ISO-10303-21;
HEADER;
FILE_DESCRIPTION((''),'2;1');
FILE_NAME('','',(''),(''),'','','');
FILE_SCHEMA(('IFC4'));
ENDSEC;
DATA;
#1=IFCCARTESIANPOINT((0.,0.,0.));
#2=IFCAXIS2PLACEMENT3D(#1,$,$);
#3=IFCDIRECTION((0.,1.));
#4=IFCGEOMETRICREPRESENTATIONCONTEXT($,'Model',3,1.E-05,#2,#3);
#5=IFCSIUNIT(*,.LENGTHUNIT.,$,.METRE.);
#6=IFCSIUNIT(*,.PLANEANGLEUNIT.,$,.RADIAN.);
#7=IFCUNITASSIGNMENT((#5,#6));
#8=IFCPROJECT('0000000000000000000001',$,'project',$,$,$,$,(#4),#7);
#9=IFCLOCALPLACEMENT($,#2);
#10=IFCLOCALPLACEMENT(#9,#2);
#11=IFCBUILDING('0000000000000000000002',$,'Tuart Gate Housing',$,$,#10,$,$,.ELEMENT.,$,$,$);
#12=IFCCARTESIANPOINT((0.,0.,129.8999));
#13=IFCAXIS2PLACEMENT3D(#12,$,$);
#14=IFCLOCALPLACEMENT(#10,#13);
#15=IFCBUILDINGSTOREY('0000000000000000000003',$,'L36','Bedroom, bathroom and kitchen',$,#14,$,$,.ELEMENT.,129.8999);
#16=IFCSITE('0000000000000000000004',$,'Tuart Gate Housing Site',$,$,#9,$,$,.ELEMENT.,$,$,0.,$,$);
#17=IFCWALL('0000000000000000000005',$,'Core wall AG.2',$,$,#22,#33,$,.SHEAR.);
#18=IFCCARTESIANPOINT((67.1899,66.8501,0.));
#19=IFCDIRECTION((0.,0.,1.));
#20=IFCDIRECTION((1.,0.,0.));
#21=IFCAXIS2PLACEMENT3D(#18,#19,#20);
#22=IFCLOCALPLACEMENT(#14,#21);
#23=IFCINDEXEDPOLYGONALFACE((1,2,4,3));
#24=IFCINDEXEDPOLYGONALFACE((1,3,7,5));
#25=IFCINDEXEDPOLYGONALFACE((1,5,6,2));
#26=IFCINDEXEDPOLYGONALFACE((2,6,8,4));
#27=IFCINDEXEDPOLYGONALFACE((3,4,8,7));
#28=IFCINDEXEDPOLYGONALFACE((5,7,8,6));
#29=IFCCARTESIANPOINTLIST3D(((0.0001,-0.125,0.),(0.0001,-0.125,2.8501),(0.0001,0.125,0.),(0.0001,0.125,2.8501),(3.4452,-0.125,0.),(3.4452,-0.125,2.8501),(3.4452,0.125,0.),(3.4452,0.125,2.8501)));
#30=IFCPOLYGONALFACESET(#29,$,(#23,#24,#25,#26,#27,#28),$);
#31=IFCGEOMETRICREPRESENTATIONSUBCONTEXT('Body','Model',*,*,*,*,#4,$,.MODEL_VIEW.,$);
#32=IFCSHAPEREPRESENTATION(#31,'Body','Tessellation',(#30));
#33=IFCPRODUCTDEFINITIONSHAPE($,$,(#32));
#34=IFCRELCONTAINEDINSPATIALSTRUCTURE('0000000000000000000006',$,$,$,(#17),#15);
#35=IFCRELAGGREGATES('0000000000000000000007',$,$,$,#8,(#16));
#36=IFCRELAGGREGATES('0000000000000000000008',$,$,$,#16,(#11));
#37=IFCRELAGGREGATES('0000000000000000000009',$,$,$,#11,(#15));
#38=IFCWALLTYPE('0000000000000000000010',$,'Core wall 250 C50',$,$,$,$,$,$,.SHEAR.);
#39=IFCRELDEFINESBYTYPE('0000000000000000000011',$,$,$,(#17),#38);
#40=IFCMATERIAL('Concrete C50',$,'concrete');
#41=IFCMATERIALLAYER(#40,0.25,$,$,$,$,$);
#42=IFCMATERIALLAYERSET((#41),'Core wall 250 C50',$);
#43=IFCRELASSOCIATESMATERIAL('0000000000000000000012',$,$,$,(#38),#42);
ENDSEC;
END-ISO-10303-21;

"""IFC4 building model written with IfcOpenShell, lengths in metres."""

from ifc_helpers import new_model, si_unit, direction, frame, frame_2d, origin, place, context, subcontext, project, spatial, rectangle, extrude, material, layer, layer_set, type_object, element, save


model = new_model("IFC4")

# Units and contexts
model_context = context("Model", 3, precision=1e-05, world=origin(), true_north=direction((0.0, 1.0)))
body_context = subcontext(model_context, "Body", "Model", "MODEL_VIEW")
ifc_project = project(units=[si_unit("LENGTHUNIT", "METRE"), si_unit("PLANEANGLEUNIT", "RADIAN")], contexts=[model_context])

# Site, building, storey
site_placement = place(None, origin())
site = spatial("IfcSite", under=ifc_project, at=site_placement, Name="Tuart Gate Housing Site", CompositionType="ELEMENT", RefElevation=0.0)
building_placement = place(site_placement, origin())
building = spatial("IfcBuilding", under=site, at=building_placement, Name="Tuart Gate Housing", CompositionType="ELEMENT")
storey_placement = place(building_placement, frame((0.0, 0.0, 129.8999)))
storey = spatial("IfcBuildingStorey", under=building, at=storey_placement, Name="L36", Description="Bedroom, bathroom and kitchen", CompositionType="ELEMENT", Elevation=129.8999)

# Wall
ifc_material_1 = material(Name="Concrete C50", Category="concrete")
ifc_layer_1 = layer(ifc_material_1, 0.25)
ifc_layer_set_1 = layer_set([ifc_layer_1], Name="Core wall 250 C50")
wall_type_1 = type_object("IfcWallType", Name="Core wall 250 C50", PredefinedType="SHEAR", material=ifc_layer_set_1)
wall_1_placement = place(storey_placement, frame((67.1899, 66.8501, 0.0), z_axis=(0.0, 0.0, 1.0), x_axis=(1.0, 0.0, 0.0)))
element("IfcWall", 1, at=wall_1_placement, inside=storey, type_object=wall_type_1, Name="Core wall AG.2", PredefinedType="SHEAR", context=body_context, shape_type="SweptSolid", body=[
    extrude(rectangle(XDim=3.4451, YDim=0.25, at=frame_2d((1.7227, 0.0))), origin(), (0.0, 0.0, 1.0), 2.8501),
])

save(model, "model.ifc")
